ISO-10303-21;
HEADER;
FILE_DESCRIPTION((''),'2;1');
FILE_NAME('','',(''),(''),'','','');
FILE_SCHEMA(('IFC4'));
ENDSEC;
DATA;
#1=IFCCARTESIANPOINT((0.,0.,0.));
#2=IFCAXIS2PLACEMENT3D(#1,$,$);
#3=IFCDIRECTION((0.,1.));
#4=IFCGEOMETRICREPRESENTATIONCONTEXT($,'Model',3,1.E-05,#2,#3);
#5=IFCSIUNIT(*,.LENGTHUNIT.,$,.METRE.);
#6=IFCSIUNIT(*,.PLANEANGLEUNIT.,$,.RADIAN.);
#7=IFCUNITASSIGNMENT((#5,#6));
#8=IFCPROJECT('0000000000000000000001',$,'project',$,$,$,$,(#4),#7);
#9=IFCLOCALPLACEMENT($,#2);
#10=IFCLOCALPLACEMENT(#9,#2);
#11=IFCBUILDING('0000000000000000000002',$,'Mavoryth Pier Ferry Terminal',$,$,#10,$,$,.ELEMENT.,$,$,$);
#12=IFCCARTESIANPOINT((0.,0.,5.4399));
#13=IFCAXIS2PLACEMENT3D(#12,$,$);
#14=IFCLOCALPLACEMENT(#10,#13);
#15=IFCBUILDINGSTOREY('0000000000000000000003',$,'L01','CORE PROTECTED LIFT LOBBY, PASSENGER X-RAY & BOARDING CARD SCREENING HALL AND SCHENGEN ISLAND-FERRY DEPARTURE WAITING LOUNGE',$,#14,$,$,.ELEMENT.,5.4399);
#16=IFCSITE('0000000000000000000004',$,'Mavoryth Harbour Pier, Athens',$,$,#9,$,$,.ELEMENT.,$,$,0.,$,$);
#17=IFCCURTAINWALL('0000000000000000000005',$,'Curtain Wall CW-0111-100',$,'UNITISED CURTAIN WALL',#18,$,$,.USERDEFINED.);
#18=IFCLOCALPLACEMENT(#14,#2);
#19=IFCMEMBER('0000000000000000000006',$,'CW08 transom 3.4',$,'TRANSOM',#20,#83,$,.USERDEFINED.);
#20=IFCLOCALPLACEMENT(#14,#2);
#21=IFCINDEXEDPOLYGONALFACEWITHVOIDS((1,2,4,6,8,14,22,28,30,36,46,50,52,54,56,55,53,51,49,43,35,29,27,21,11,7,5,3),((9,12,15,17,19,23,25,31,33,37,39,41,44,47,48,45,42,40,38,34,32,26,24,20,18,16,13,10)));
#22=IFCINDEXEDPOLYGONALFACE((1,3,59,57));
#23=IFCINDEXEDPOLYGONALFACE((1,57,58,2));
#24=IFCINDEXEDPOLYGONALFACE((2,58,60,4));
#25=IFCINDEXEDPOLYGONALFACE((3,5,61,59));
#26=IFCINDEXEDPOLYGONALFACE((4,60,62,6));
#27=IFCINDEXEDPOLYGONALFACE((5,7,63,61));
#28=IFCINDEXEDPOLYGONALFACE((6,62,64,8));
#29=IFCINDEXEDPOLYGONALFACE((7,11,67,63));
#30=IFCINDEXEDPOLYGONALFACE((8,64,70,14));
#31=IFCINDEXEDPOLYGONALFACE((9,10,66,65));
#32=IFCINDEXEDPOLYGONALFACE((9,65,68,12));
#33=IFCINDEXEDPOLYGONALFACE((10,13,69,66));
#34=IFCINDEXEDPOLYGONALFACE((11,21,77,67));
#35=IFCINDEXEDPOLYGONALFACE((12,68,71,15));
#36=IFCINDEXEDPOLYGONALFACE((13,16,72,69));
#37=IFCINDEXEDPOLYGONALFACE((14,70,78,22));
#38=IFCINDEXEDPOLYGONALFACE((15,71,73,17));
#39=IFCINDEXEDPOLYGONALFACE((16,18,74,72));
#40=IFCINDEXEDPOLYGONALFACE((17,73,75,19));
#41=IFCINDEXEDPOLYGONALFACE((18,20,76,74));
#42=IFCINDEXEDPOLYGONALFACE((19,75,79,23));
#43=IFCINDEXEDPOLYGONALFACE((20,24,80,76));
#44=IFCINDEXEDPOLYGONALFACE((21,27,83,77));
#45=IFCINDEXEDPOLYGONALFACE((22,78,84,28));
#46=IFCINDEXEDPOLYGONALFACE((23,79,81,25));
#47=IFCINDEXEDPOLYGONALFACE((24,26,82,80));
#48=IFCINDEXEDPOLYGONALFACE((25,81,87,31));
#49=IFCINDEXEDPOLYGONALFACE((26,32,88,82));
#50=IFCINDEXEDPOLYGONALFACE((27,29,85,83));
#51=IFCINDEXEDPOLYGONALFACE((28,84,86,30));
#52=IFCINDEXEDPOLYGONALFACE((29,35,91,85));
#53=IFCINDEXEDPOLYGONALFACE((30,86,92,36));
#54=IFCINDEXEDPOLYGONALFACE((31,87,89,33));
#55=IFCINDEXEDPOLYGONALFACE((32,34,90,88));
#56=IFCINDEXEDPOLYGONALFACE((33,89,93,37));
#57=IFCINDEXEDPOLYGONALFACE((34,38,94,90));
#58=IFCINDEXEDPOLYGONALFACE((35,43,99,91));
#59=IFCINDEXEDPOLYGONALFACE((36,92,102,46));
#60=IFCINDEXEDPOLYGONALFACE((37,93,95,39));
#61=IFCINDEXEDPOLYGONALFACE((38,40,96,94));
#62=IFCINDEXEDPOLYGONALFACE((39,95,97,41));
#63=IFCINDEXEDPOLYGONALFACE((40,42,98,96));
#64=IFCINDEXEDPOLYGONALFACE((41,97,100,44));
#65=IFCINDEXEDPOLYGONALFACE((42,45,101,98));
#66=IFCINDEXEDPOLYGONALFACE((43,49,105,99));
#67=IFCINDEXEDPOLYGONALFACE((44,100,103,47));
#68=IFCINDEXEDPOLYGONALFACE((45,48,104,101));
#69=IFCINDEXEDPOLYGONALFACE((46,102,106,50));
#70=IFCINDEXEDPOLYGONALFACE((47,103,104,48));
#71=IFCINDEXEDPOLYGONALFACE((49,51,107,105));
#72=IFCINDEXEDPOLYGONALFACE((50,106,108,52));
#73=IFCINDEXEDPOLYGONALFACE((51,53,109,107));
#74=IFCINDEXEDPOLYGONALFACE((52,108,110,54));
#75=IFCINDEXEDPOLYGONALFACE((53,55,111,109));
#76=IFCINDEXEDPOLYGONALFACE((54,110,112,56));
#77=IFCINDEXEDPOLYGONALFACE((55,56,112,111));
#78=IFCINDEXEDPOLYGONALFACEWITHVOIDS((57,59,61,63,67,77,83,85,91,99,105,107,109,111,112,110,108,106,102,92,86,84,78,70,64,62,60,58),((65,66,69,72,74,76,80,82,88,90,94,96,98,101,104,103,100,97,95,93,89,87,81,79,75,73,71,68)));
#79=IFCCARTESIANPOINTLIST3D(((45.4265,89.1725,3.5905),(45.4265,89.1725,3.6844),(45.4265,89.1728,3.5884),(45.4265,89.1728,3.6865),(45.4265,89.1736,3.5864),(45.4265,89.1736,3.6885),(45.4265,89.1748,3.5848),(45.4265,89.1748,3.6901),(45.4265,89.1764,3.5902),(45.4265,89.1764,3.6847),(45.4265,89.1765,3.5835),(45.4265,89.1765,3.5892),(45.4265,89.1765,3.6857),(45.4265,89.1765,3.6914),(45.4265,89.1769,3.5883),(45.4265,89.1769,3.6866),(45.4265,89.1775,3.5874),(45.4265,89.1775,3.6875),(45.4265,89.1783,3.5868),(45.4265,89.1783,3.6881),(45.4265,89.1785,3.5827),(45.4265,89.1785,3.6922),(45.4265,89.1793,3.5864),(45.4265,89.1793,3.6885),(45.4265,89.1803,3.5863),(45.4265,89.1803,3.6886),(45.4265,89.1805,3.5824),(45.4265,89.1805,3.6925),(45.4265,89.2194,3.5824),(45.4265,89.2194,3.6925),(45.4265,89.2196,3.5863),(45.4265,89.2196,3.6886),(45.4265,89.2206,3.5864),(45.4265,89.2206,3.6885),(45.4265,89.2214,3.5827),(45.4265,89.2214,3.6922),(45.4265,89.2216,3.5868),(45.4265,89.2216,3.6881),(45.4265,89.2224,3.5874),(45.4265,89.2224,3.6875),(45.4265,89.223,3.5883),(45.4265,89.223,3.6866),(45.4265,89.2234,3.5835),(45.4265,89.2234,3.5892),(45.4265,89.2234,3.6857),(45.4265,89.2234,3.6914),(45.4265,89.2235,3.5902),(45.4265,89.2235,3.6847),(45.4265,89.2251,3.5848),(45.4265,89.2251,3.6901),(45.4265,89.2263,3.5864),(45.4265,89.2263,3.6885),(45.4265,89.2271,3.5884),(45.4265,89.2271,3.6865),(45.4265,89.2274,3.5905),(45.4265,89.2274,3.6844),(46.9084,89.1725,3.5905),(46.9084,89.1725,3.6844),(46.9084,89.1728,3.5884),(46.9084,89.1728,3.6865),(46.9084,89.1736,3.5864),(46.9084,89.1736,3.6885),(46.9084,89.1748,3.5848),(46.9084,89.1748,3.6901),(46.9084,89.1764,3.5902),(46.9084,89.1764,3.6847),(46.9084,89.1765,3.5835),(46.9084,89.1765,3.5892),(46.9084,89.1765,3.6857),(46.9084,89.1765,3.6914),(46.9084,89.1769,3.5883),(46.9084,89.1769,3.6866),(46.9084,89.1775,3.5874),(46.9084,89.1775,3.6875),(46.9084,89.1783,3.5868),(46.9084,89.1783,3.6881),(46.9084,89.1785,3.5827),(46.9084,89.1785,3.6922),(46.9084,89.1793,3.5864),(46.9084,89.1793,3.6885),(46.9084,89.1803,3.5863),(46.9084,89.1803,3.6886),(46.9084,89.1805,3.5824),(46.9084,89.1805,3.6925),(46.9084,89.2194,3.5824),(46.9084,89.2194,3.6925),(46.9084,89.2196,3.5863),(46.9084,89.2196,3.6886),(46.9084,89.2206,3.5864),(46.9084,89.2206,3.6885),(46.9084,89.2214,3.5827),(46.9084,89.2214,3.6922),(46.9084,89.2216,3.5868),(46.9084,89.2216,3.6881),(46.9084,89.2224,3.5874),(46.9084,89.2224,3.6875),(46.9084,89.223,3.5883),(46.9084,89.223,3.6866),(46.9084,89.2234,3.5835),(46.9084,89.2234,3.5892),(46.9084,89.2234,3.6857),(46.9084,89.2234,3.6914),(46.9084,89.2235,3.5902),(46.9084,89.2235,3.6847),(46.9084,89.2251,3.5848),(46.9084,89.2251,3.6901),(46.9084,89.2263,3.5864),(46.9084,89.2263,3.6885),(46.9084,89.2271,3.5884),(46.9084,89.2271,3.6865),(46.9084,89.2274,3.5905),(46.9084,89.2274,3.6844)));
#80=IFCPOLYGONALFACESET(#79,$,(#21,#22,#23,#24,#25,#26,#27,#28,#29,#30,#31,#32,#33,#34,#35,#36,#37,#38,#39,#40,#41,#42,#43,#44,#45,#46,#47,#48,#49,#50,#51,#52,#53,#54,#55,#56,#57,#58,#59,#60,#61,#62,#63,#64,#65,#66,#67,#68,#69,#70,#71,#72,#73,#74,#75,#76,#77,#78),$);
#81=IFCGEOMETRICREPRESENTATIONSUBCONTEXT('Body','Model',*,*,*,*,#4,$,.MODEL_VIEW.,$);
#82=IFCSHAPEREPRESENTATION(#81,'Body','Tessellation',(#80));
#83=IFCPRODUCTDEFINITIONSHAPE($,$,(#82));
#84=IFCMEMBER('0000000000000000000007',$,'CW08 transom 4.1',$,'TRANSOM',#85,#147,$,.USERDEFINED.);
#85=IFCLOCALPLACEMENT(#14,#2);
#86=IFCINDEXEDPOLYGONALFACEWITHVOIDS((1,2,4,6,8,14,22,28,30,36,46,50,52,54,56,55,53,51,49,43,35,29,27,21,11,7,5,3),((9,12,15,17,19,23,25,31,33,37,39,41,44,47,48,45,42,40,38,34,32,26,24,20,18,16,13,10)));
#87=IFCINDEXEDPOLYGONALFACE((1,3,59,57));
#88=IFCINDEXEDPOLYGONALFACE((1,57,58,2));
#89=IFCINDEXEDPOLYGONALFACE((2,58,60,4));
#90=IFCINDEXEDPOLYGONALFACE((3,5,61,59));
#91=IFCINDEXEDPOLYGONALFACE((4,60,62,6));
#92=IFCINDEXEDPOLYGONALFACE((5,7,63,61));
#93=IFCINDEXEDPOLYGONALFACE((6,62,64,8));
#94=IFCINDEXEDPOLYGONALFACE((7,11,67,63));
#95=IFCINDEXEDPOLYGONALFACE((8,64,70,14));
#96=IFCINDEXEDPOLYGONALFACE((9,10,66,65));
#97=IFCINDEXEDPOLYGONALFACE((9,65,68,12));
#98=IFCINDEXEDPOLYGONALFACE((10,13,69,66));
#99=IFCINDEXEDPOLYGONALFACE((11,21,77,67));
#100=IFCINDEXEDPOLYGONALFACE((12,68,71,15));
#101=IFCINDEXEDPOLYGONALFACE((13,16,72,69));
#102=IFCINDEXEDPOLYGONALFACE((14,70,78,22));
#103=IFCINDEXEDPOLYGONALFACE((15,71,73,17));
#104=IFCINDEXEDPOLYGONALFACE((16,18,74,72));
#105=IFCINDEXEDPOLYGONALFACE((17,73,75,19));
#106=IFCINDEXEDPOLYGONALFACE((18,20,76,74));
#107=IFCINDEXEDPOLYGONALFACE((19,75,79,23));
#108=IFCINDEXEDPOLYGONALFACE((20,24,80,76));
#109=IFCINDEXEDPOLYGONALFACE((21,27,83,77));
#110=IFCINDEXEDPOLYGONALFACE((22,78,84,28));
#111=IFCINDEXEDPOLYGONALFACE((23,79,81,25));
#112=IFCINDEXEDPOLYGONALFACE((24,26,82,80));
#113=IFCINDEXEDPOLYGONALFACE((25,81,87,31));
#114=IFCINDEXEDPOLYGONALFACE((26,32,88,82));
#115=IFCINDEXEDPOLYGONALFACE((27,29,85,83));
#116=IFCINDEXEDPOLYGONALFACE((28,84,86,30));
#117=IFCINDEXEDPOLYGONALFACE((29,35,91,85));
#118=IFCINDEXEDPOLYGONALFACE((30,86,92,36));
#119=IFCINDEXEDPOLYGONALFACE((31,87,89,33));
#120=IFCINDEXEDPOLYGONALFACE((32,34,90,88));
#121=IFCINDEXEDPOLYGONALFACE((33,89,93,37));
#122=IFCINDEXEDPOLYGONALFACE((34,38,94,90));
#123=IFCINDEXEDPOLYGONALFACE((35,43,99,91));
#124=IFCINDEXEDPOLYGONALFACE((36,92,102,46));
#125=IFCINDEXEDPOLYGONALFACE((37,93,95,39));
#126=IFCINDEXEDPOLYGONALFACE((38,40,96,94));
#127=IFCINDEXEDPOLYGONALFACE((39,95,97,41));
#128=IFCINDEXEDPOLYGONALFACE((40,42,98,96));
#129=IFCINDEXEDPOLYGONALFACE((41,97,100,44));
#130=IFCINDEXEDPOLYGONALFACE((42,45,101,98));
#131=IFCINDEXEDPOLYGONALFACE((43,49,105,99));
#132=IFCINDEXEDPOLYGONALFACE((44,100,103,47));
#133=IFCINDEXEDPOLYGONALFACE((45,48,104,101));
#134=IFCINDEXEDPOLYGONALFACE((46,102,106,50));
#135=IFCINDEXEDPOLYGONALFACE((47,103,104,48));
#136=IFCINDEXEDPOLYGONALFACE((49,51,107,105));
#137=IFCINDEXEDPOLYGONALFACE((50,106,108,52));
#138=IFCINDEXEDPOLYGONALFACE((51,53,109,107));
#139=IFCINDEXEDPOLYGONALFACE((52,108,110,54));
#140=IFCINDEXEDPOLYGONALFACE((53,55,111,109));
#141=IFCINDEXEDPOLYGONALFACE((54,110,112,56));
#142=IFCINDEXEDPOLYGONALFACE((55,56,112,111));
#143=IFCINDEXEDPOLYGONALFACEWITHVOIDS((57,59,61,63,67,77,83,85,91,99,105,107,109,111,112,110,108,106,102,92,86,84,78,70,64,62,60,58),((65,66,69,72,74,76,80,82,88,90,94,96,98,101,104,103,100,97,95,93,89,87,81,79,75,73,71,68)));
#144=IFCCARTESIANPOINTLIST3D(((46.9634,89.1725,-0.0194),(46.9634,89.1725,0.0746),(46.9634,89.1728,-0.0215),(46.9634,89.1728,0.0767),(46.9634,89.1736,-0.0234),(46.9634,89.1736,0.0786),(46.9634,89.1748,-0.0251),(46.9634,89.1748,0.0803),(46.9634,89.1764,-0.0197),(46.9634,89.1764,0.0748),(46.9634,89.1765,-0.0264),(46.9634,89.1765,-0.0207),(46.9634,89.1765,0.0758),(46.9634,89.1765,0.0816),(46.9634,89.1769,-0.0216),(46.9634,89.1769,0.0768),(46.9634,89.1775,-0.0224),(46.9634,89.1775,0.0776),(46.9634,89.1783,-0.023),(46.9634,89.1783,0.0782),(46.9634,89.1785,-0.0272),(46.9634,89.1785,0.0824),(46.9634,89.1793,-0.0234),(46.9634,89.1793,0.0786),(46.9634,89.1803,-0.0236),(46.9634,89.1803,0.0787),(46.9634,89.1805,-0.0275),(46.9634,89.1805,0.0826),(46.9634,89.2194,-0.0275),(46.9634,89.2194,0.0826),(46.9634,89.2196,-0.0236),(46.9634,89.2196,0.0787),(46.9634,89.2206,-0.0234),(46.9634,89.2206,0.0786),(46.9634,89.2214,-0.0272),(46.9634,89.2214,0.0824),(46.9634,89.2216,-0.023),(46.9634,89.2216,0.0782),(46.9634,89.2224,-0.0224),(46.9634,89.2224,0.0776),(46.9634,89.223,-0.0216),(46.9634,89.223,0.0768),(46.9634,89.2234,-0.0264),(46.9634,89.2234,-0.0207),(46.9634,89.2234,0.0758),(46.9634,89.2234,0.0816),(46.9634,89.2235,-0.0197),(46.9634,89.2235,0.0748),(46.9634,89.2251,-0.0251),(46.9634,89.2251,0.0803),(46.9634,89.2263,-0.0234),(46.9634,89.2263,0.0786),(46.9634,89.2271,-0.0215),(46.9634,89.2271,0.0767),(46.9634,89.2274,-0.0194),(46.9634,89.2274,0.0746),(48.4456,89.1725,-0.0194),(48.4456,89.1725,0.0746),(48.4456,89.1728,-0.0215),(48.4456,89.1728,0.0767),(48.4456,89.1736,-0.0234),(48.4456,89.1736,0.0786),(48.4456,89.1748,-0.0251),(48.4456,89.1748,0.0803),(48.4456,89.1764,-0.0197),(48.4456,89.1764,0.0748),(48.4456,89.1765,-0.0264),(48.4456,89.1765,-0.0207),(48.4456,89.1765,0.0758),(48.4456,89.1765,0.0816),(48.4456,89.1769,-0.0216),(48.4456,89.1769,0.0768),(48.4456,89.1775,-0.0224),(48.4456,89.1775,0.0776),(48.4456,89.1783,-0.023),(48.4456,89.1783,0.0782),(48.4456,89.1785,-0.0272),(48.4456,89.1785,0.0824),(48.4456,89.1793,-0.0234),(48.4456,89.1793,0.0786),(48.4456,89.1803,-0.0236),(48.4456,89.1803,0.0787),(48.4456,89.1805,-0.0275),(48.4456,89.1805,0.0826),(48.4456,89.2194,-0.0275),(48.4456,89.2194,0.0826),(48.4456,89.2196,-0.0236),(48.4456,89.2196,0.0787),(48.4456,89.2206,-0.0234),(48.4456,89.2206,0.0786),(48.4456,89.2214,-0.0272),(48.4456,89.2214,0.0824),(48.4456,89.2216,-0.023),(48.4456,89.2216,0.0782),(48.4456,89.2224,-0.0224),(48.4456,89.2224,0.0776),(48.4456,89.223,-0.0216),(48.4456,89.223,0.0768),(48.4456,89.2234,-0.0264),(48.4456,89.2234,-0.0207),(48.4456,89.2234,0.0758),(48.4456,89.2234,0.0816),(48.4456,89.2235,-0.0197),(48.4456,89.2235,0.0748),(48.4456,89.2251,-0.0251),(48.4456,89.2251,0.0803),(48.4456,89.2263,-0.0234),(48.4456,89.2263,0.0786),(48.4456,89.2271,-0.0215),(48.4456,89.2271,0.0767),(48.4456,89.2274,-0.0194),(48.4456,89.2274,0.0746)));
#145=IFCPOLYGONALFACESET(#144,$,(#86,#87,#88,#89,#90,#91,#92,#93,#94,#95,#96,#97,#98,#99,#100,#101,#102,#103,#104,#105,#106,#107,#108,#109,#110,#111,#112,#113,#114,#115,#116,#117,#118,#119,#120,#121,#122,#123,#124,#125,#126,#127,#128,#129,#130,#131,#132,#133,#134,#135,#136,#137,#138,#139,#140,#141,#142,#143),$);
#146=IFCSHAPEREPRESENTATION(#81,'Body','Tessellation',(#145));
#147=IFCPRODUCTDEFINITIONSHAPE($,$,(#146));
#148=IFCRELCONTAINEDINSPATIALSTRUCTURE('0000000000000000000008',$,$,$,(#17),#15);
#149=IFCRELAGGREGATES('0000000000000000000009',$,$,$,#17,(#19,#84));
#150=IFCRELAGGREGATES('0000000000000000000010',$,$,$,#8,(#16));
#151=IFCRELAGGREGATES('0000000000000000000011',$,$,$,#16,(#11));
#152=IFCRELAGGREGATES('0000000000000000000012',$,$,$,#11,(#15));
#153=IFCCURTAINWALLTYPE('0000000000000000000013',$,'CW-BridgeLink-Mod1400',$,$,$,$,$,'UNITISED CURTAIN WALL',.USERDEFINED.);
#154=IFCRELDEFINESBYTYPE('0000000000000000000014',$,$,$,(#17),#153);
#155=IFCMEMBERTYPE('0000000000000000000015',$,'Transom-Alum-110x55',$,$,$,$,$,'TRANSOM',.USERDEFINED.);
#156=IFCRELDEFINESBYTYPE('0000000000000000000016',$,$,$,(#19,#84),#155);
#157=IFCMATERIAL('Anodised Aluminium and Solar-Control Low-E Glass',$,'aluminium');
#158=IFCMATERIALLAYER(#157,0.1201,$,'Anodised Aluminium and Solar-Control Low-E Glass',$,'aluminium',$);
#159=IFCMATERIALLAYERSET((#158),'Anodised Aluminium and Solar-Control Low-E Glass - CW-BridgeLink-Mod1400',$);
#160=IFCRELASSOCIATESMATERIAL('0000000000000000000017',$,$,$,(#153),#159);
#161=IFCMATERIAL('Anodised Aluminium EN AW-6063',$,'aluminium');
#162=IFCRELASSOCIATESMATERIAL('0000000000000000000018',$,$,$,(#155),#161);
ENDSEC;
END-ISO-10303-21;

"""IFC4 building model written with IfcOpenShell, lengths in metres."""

from ifc_helpers import new_model, si_unit, direction, frame, origin, origin_2d, place, context, subcontext, project, spatial, hollow_rectangle, extrude, material, layer, layer_set, material_profile, profile_set, type_object, element, aggregate, save


model = new_model("IFC4")

# Units and contexts
model_context = context("Model", 3, precision=1e-05, world=origin(), true_north=direction((0.0, 1.0)))
body_context = subcontext(model_context, "Body", "Model", "MODEL_VIEW")
ifc_project = project(units=[si_unit("LENGTHUNIT", "METRE"), si_unit("PLANEANGLEUNIT", "RADIAN")], contexts=[model_context])

# Site, building, storey
site_placement = place(None, origin())
site = spatial("IfcSite", under=ifc_project, at=site_placement, Name="Mavoryth Harbour Pier, Athens", CompositionType="ELEMENT", RefElevation=0.0)
building_placement = place(site_placement, origin())
building = spatial("IfcBuilding", under=site, at=building_placement, Name="Mavoryth Pier Ferry Terminal", CompositionType="ELEMENT")
storey_placement = place(building_placement, frame((0.0, 0.0, 5.4399)))
storey = spatial("IfcBuildingStorey", under=building, at=storey_placement, Name="L01", Description="CORE PROTECTED LIFT LOBBY, PASSENGER X-RAY & BOARDING CARD SCREENING HALL AND SCHENGEN ISLAND-FERRY DEPARTURE WAITING LOUNGE", CompositionType="ELEMENT", Elevation=5.4399)

# Curtain wall
ifc_material_1 = material(Name="Anodised Aluminium and Solar-Control Low-E Glass", Category="aluminium")
ifc_layer_1 = layer(ifc_material_1, 0.1201, Name="Anodised Aluminium and Solar-Control Low-E Glass", Category="aluminium")
ifc_layer_set_1 = layer_set([ifc_layer_1], Name="Anodised Aluminium and Solar-Control Low-E Glass - CW-BridgeLink-Mod1400")
curtain_wall_type = type_object("IfcCurtainWallType", Name="CW-BridgeLink-Mod1400", ElementType="UNITISED CURTAIN WALL", PredefinedType="USERDEFINED", material=ifc_layer_set_1)
curtain_wall_placement = place(storey_placement, origin())
curtain_wall = element("IfcCurtainWall", 1, at=curtain_wall_placement, inside=storey, type_object=curtain_wall_type, Name="Curtain Wall CW-0111-100", ObjectType="UNITISED CURTAIN WALL", PredefinedType="USERDEFINED")
ifc_material_2 = material(Name="Anodised Aluminium EN AW-6063", Category="aluminium")

# Members
ifc_material_profile_1 = material_profile(ifc_material_2, hollow_rectangle(XDim=0.0549, YDim=0.1101, WallThickness=0.0039, InnerFilletRadius=0.0039, OuterFilletRadius=0.0081, at=origin_2d()), Name="AL-TRAN 110x55x4", Category="aluminium")
ifc_profile_set_1 = profile_set([ifc_material_profile_1], Name="Anodised Aluminium EN AW-6063 - AL-TRAN 110x55x4")
member_type_1 = type_object("IfcMemberType", Name="Transom-Alum-110x55", ElementType="TRANSOM", PredefinedType="USERDEFINED", material=ifc_profile_set_1)
member_1_placement = place(storey_placement, frame((45.4265, 89.2, 3.6375), z_axis=(1.0, 0.0, 0.0), x_axis=(0.0, 1.0, 0.0)))
member_1 = element("IfcMember", 2, at=member_1_placement, type_object=member_type_1, Name="CW08 transom 3.4", ObjectType="TRANSOM", PredefinedType="USERDEFINED", context=body_context, shape_type="SweptSolid", body=[
    extrude(hollow_rectangle(XDim=0.0549, YDim=0.1101, WallThickness=0.0039, InnerFilletRadius=0.0039, OuterFilletRadius=0.0081, at=origin_2d()), origin(), (0.0, 0.0, 1.0), 1.4819),
])
member_2_placement = place(storey_placement, frame((46.9634, 89.2, 0.0276), z_axis=(1.0, 0.0, 0.0), x_axis=(0.0, 1.0, 0.0)))
member_2 = element("IfcMember", 3, at=member_2_placement, type_object=member_type_1, Name="CW08 transom 4.1", ObjectType="TRANSOM", PredefinedType="USERDEFINED", context=body_context, shape_type="SweptSolid", body=[
    extrude(hollow_rectangle(XDim=0.0549, YDim=0.1101, WallThickness=0.0039, InnerFilletRadius=0.0039, OuterFilletRadius=0.0081, at=origin_2d()), origin(), (0.0, 0.0, 1.0), 1.4822),
])

aggregate(curtain_wall, [member_1, member_2])

save(model, "model.ifc")
